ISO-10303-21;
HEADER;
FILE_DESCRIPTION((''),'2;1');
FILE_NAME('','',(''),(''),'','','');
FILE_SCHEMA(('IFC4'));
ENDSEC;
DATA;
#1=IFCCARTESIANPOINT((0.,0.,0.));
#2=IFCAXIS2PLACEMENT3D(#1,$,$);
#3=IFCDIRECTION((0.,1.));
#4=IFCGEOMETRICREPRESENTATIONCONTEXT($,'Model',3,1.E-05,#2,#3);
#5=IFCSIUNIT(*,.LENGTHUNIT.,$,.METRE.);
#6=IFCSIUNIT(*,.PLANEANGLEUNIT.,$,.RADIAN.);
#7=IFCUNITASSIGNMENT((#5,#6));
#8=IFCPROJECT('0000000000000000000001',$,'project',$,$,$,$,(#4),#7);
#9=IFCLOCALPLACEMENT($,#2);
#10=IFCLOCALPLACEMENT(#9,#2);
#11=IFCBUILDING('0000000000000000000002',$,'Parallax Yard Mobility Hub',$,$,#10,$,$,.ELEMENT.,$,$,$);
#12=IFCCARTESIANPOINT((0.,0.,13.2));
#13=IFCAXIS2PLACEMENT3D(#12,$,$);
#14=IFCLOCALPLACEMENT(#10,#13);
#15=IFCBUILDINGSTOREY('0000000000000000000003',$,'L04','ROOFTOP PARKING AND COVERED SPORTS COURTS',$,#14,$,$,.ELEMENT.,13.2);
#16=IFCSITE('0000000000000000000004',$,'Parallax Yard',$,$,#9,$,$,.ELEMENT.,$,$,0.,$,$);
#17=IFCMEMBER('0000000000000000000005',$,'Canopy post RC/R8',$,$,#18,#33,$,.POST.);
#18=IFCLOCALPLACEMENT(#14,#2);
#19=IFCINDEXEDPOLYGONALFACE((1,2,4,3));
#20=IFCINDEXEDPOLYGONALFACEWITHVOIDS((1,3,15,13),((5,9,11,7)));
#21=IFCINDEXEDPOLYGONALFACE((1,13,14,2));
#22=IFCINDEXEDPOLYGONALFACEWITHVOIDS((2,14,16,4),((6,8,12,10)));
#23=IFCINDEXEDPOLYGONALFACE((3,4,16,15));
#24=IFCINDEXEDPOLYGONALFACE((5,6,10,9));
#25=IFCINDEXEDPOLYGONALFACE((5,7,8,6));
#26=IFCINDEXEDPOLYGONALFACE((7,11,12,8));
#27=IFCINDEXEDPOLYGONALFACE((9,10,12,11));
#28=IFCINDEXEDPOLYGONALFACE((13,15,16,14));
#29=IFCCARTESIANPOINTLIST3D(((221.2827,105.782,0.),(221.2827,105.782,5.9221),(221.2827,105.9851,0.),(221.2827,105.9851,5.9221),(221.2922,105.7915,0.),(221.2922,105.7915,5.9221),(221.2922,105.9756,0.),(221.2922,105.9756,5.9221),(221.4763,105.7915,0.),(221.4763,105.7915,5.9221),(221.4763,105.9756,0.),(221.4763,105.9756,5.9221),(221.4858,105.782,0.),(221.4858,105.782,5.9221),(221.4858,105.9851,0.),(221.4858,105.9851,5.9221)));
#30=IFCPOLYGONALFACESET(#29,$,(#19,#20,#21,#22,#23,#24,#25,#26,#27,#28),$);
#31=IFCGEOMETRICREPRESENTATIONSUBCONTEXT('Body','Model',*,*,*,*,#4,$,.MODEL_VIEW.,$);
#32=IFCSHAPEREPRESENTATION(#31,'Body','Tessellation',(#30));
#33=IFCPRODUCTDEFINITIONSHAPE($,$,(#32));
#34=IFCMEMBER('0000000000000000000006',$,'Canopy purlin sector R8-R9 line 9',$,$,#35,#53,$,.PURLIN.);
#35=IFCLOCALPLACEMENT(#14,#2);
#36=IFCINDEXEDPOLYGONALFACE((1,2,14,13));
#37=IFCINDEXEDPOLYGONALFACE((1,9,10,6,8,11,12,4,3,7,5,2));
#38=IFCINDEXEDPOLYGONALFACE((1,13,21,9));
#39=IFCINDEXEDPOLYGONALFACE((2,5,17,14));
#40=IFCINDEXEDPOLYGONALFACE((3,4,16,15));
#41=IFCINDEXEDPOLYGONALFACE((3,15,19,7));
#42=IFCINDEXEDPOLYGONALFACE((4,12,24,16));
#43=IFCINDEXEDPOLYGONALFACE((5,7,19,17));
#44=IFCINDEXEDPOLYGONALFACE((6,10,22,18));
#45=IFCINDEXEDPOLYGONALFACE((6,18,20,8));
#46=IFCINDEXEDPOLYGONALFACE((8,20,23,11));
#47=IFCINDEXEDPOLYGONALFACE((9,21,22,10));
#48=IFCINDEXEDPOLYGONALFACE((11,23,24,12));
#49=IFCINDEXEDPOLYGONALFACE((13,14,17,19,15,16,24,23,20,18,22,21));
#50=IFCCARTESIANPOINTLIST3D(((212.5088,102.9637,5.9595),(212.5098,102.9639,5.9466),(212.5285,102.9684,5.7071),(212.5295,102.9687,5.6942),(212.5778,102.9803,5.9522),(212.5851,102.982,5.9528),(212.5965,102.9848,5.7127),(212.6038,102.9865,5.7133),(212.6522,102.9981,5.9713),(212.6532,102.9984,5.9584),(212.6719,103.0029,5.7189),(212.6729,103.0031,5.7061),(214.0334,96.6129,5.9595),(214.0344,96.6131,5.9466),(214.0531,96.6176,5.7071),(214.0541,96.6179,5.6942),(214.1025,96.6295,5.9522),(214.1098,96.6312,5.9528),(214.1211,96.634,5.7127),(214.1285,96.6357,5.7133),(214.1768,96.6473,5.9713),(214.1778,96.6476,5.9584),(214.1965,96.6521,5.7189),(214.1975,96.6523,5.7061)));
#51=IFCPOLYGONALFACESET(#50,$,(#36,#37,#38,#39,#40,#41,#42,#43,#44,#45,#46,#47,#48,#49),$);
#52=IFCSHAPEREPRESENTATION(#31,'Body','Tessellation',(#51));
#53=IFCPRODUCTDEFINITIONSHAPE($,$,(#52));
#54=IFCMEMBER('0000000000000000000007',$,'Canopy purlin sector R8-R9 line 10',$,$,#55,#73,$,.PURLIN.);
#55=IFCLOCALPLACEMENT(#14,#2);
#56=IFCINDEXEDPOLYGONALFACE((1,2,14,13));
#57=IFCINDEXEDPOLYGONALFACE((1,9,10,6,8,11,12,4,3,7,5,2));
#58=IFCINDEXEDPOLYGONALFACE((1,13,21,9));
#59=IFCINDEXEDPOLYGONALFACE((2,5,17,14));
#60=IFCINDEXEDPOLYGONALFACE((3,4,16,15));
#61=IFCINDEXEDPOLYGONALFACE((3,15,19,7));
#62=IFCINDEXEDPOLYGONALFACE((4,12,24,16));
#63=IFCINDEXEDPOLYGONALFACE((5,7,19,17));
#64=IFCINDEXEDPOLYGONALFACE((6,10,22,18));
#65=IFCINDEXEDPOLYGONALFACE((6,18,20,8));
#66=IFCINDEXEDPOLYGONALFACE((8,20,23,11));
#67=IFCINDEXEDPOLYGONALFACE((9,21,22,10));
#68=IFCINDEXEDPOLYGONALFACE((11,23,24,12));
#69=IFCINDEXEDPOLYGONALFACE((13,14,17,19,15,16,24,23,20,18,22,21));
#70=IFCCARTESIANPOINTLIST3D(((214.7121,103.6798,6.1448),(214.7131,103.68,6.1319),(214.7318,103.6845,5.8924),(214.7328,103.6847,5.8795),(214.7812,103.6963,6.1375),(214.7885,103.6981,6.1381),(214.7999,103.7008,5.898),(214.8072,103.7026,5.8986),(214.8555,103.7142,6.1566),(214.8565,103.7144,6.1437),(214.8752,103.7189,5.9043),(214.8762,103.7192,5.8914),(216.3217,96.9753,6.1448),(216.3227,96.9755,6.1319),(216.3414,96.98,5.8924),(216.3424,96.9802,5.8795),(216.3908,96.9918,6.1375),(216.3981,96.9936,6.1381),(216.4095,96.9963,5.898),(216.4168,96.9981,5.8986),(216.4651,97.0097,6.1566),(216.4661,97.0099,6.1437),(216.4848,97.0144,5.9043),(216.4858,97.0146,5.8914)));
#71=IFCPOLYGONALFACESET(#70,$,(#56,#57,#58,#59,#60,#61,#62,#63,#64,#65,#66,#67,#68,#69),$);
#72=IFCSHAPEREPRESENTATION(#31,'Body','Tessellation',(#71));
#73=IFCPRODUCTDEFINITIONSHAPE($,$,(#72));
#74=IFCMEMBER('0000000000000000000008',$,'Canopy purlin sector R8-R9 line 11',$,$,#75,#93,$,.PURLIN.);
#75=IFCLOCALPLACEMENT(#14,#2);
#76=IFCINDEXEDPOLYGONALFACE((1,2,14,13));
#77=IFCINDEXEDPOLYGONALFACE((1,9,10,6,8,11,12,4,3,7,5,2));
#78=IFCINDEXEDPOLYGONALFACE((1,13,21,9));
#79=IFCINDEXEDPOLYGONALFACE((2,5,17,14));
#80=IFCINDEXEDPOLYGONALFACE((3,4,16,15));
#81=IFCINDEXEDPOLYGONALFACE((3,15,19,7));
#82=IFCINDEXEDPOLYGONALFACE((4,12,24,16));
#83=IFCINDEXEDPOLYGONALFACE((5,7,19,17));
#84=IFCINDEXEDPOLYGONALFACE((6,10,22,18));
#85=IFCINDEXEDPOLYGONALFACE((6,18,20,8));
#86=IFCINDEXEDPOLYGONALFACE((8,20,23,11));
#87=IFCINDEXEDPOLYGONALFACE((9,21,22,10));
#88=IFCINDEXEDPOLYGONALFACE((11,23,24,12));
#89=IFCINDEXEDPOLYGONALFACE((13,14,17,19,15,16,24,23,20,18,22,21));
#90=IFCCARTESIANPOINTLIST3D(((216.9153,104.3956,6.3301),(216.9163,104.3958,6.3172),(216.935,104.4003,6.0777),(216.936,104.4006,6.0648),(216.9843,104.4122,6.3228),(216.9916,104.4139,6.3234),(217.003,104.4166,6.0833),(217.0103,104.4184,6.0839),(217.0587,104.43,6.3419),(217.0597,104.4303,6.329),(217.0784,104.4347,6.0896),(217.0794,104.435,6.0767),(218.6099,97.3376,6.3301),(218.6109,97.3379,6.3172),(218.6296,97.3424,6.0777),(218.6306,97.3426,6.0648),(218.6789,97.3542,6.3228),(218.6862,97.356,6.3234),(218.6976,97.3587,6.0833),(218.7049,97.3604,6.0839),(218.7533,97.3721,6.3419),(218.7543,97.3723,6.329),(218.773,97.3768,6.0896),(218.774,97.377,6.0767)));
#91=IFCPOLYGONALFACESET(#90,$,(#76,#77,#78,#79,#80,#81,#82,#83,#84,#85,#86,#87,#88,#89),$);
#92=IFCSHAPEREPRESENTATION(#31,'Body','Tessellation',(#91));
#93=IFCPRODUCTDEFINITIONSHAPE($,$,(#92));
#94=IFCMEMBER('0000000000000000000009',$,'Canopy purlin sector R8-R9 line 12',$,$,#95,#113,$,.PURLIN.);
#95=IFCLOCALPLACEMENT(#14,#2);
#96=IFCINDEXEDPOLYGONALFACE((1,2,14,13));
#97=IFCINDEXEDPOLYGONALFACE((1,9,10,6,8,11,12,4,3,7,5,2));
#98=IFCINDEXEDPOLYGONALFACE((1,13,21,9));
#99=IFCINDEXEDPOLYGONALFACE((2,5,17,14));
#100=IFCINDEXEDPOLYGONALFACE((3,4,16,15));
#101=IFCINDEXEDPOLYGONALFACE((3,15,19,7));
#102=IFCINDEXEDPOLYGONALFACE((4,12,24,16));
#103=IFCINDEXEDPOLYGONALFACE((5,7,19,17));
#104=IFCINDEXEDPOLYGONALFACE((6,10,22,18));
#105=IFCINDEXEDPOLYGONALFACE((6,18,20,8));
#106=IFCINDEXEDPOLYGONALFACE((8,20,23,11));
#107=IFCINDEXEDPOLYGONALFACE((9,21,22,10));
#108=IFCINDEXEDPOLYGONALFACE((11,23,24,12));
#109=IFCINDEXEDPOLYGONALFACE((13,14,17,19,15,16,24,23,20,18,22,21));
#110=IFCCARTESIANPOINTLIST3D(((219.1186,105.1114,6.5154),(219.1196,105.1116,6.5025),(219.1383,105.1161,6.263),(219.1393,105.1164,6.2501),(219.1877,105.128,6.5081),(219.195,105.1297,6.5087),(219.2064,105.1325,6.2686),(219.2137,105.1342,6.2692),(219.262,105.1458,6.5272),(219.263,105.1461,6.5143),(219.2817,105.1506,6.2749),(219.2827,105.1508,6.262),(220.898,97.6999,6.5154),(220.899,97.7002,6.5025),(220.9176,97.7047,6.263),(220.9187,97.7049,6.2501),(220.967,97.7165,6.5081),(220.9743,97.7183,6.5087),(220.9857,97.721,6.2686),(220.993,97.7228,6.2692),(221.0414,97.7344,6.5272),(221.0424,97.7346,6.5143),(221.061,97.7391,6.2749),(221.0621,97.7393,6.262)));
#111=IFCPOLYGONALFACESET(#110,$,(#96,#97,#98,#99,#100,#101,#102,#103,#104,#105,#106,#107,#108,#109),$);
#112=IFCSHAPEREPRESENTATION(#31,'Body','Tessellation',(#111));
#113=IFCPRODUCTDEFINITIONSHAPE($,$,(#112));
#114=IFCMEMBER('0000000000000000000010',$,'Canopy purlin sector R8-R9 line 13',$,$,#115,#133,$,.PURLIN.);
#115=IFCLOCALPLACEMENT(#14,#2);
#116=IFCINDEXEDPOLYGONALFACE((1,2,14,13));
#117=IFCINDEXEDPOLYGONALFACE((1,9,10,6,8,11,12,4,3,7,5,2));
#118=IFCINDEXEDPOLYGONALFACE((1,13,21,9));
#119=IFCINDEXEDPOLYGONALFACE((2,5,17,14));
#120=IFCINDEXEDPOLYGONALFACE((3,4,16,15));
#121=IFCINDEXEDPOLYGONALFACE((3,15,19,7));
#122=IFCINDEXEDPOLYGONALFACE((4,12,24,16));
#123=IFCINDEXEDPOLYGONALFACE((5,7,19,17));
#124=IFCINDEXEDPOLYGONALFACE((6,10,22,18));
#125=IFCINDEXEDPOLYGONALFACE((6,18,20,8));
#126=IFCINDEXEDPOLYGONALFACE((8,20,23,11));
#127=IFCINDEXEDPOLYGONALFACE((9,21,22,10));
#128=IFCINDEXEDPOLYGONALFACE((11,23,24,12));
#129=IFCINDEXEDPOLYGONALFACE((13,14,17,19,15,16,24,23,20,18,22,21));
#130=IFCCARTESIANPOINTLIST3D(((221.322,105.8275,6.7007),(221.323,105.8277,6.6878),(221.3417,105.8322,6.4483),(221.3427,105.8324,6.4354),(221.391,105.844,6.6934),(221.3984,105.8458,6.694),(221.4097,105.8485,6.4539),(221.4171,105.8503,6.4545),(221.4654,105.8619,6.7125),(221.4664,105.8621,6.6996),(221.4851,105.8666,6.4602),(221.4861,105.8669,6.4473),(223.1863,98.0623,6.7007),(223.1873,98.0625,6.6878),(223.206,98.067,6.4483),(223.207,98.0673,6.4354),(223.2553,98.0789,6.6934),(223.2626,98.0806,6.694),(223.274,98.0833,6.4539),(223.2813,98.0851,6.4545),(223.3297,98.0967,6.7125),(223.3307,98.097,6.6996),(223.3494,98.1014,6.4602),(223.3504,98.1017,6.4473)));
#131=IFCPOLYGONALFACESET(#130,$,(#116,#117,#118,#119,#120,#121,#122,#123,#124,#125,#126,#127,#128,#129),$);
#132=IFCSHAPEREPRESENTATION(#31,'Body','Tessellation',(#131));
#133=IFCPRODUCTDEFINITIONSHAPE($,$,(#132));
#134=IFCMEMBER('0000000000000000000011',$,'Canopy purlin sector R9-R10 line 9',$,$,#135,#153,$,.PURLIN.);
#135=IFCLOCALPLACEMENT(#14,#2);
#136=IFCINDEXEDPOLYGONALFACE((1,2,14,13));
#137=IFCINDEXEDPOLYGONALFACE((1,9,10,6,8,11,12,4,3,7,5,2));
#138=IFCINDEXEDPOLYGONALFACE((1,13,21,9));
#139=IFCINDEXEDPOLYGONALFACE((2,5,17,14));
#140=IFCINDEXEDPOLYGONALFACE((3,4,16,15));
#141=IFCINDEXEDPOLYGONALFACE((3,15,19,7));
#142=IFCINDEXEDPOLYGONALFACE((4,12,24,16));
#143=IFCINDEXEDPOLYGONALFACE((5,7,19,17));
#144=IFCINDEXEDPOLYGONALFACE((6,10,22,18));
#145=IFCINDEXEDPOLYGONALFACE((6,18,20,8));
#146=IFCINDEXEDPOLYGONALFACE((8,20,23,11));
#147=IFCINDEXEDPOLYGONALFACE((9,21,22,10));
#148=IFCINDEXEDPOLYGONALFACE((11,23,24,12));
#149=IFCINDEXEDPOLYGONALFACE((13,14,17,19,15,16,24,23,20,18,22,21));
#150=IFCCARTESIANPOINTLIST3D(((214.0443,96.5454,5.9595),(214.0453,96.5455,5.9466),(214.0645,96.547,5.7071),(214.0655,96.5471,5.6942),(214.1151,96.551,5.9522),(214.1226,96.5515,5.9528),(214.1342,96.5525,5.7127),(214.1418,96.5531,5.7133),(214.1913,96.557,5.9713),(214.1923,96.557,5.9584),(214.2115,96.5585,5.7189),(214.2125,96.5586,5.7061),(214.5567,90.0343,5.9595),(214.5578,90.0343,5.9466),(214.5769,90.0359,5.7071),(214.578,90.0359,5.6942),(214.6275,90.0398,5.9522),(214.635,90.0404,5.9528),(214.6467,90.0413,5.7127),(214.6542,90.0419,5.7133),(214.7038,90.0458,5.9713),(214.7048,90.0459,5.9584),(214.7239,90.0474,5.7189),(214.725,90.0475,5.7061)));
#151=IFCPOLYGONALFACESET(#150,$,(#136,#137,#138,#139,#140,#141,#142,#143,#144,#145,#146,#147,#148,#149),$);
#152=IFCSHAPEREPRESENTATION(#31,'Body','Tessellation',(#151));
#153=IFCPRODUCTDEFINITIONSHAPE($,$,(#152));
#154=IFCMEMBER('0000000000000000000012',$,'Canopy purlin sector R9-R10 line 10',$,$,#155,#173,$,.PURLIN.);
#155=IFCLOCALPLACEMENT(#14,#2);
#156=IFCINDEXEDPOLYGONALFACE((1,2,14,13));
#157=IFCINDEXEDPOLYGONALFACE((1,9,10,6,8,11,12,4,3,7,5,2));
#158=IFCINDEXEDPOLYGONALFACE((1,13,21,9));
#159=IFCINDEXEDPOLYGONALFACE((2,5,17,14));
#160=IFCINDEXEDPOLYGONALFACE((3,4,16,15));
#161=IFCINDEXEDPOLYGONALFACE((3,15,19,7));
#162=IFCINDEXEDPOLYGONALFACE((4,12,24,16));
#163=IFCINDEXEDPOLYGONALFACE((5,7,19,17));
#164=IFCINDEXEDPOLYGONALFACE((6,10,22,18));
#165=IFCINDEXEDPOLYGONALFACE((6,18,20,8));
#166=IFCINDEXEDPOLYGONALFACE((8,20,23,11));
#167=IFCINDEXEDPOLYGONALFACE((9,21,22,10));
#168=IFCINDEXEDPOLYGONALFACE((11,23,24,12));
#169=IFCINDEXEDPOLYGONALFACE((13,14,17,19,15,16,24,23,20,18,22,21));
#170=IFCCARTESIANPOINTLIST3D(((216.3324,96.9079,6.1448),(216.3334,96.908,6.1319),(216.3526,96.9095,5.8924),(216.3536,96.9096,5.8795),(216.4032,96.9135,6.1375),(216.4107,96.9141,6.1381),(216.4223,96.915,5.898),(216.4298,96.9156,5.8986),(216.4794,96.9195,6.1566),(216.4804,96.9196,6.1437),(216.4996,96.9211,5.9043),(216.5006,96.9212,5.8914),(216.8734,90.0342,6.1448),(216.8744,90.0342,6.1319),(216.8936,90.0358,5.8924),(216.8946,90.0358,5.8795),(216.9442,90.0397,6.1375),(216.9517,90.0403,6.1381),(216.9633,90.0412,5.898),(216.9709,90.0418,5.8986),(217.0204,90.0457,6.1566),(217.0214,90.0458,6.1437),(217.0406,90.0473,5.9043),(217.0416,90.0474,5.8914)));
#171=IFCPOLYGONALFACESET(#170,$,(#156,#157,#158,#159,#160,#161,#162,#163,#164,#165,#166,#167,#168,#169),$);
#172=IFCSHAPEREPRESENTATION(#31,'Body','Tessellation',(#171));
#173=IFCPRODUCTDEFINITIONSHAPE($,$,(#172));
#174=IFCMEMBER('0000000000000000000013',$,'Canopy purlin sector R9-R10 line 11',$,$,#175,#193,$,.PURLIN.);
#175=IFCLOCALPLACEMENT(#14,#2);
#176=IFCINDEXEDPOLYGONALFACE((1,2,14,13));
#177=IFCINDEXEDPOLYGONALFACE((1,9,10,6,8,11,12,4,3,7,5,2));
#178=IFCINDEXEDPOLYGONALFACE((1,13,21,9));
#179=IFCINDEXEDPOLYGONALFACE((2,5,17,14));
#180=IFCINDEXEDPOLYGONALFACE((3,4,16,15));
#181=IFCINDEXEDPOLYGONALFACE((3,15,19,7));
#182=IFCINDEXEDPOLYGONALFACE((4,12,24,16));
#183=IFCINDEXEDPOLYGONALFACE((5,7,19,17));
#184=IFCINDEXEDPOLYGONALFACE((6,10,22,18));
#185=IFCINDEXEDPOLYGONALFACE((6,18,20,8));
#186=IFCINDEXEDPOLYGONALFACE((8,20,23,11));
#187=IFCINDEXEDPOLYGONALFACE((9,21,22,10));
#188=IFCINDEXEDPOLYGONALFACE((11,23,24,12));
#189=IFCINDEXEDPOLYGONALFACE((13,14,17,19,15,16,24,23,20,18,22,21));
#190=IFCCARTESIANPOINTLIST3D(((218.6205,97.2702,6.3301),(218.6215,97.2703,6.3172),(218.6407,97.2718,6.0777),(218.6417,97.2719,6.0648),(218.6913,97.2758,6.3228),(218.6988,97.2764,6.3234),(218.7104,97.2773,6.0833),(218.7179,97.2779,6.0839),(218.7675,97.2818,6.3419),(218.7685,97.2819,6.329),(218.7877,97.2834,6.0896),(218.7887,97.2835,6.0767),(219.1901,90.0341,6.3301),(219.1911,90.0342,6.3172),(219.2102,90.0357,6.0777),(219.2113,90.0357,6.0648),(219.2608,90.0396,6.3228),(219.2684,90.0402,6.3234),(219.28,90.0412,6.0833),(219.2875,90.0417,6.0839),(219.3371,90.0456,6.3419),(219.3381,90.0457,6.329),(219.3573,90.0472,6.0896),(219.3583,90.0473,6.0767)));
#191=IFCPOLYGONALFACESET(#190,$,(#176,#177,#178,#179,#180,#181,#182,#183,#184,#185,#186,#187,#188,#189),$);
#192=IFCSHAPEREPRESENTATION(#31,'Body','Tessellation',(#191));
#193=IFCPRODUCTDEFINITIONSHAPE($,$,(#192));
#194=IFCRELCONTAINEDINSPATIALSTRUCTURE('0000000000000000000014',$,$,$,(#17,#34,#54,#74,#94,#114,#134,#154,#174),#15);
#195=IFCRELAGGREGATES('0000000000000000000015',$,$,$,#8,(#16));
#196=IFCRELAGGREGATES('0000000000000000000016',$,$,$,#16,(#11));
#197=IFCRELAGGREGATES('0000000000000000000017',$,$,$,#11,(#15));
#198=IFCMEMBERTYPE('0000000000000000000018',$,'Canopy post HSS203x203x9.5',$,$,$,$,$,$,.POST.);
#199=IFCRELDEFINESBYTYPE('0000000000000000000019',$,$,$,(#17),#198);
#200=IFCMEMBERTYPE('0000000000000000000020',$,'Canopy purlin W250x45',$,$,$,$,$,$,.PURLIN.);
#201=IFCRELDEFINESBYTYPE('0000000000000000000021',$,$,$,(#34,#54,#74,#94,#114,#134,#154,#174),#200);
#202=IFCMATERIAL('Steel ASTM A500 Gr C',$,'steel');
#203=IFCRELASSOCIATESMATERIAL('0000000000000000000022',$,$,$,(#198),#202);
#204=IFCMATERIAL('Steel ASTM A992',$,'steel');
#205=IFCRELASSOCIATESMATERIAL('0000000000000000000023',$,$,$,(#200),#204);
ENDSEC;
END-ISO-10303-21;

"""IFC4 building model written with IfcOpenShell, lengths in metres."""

from ifc_helpers import new_model, si_unit, direction, frame, origin, origin_2d, place, context, subcontext, project, spatial, hollow_rectangle, i_section, extrude, material, material_profile, profile_set, type_object, element, save


model = new_model("IFC4")

# Units and contexts
model_context = context("Model", 3, precision=1e-05, world=origin(), true_north=direction((0.0, 1.0)))
body_context = subcontext(model_context, "Body", "Model", "MODEL_VIEW")
ifc_project = project(units=[si_unit("LENGTHUNIT", "METRE"), si_unit("PLANEANGLEUNIT", "RADIAN")], contexts=[model_context])

# Site, building, storey
site_placement = place(None, origin())
site = spatial("IfcSite", under=ifc_project, at=site_placement, Name="Parallax Yard", CompositionType="ELEMENT", RefElevation=0.0)
building_placement = place(site_placement, origin())
building = spatial("IfcBuilding", under=site, at=building_placement, Name="Parallax Yard Mobility Hub", CompositionType="ELEMENT")
storey_placement = place(building_placement, frame((0.0, 0.0, 13.2)))
storey = spatial("IfcBuildingStorey", under=building, at=storey_placement, Name="L04", Description="ROOFTOP PARKING AND COVERED SPORTS COURTS", CompositionType="ELEMENT", Elevation=13.2)

# Members
ifc_material_1 = material(Name="Steel ASTM A500 Gr C", Category="steel")
ifc_material_profile_1 = material_profile(ifc_material_1, hollow_rectangle(XDim=0.2031, YDim=0.2031, WallThickness=0.0095, at=origin_2d()), Name="HSS203x203x9.5")
ifc_profile_set_1 = profile_set([ifc_material_profile_1], Name="Steel ASTM A500 Gr C")
member_type_1 = type_object("IfcMemberType", Name="Canopy post HSS203x203x9.5", PredefinedType="POST", material=ifc_profile_set_1)
member_1_placement = place(storey_placement, frame((221.3843, 105.8835, 0.0), z_axis=(0.0, 0.0, 1.0), x_axis=(1.0, 0.0, 0.0)))
element("IfcMember", 1, at=member_1_placement, inside=storey, type_object=member_type_1, Name="Canopy post RC/R8", PredefinedType="POST", context=body_context, shape_type="SweptSolid", body=[
    extrude(hollow_rectangle(XDim=0.2031, YDim=0.2031, WallThickness=0.0095, at=origin_2d()), origin(), (0.0, 0.0, 1.0), 5.9221),
])
ifc_material_2 = material(Name="Steel ASTM A992", Category="steel")
ifc_material_profile_2 = material_profile(ifc_material_2, i_section(OverallWidth=0.1479, OverallDepth=0.2661, WebThickness=0.0076, FlangeThickness=0.0129, at=origin_2d()), Name="W250x45")
ifc_profile_set_2 = profile_set([ifc_material_profile_2], Name="Steel ASTM A992")
member_type_2 = type_object("IfcMemberType", Name="Canopy purlin W250x45", PredefinedType="PURLIN", material=ifc_profile_set_2)
member_2_placement = place(storey_placement, frame((212.5908, 102.9834, 5.8328), z_axis=(0.233439, -0.972371, 0.0), x_axis=(0.969256, 0.232691, 0.07999)))
element("IfcMember", 2, at=member_2_placement, inside=storey, type_object=member_type_2, Name="Canopy purlin sector R8-R9 line 9", PredefinedType="PURLIN", context=body_context, shape_type="SweptSolid", body=[
    extrude(i_section(OverallWidth=0.1479, OverallDepth=0.2661, WebThickness=0.0076, FlangeThickness=0.0129, at=origin_2d()), origin(), (0.0, 0.0, 1.0), 6.5312),
])
member_3_placement = place(storey_placement, frame((214.7942, 103.6995, 6.0181), z_axis=(0.233444, -0.97237, 0.0), x_axis=(0.969254, 0.232696, 0.07999)))
element("IfcMember", 3, at=member_3_placement, inside=storey, type_object=member_type_2, Name="Canopy purlin sector R8-R9 line 10", PredefinedType="PURLIN", context=body_context, shape_type="SweptSolid", body=[
    extrude(i_section(OverallWidth=0.1479, OverallDepth=0.2661, WebThickness=0.0076, FlangeThickness=0.0129, at=origin_2d()), origin(), (0.0, 0.0, 1.0), 6.895),
])
member_4_placement = place(storey_placement, frame((216.9973, 104.4153, 6.2034), z_axis=(0.233463, -0.972366, 0.0), x_axis=(0.96925, 0.232715, 0.07999)))
element("IfcMember", 4, at=member_4_placement, inside=storey, type_object=member_type_2, Name="Canopy purlin sector R8-R9 line 11", PredefinedType="PURLIN", context=body_context, shape_type="SweptSolid", body=[
    extrude(i_section(OverallWidth=0.1479, OverallDepth=0.2661, WebThickness=0.0076, FlangeThickness=0.0129, at=origin_2d()), origin(), (0.0, 0.0, 1.0), 7.2585),
])
member_5_placement = place(storey_placement, frame((219.2007, 105.1311, 6.3887), z_axis=(0.233443, -0.97237, 0.0), x_axis=(0.969255, 0.232695, 0.07999)))
element("IfcMember", 5, at=member_5_placement, inside=storey, type_object=member_type_2, Name="Canopy purlin sector R8-R9 line 12", PredefinedType="PURLIN", context=body_context, shape_type="SweptSolid", body=[
    extrude(i_section(OverallWidth=0.1479, OverallDepth=0.2661, WebThickness=0.0076, FlangeThickness=0.0129, at=origin_2d()), origin(), (0.0, 0.0, 1.0), 7.6221),
])
member_6_placement = place(storey_placement, frame((221.4041, 105.8472, 6.574), z_axis=(0.233447, -0.97237, 0.0), x_axis=(0.969254, 0.232699, 0.07999)))
element("IfcMember", 6, at=member_6_placement, inside=storey, type_object=member_type_2, Name="Canopy purlin sector R8-R9 line 13", PredefinedType="PURLIN", context=body_context, shape_type="SweptSolid", body=[
    extrude(i_section(OverallWidth=0.1479, OverallDepth=0.2661, WebThickness=0.0076, FlangeThickness=0.0129, at=origin_2d()), origin(), (0.0, 0.0, 1.0), 7.9858),
])
member_7_placement = place(storey_placement, frame((214.1284, 96.552, 5.8328), z_axis=(0.07846, -0.996917, 0.0), x_axis=(0.993723, 0.078209, 0.07999)))
element("IfcMember", 7, at=member_7_placement, inside=storey, type_object=member_type_2, Name="Canopy purlin sector R9-R10 line 9", PredefinedType="PURLIN", context=body_context, shape_type="SweptSolid", body=[
    extrude(i_section(OverallWidth=0.1479, OverallDepth=0.2661, WebThickness=0.0076, FlangeThickness=0.0129, at=origin_2d()), origin(), (0.0, 0.0, 1.0), 6.5312),
])
member_8_placement = place(storey_placement, frame((216.4165, 96.9146, 6.0181), z_axis=(0.078464, -0.996917, 0.0), x_axis=(0.993722, 0.078213, 0.07999)))
element("IfcMember", 8, at=member_8_placement, inside=storey, type_object=member_type_2, Name="Canopy purlin sector R9-R10 line 10", PredefinedType="PURLIN", context=body_context, shape_type="SweptSolid", body=[
    extrude(i_section(OverallWidth=0.1479, OverallDepth=0.2661, WebThickness=0.0076, FlangeThickness=0.0129, at=origin_2d()), origin(), (0.0, 0.0, 1.0), 6.895),
])
member_9_placement = place(storey_placement, frame((218.7046, 97.2769, 6.2034), z_axis=(0.078471, -0.996916, 0.0), x_axis=(0.993722, 0.07822, 0.07999)))
element("IfcMember", 9, at=member_9_placement, inside=storey, type_object=member_type_2, Name="Canopy purlin sector R9-R10 line 11", PredefinedType="PURLIN", context=body_context, shape_type="SweptSolid", body=[
    extrude(i_section(OverallWidth=0.1479, OverallDepth=0.2661, WebThickness=0.0076, FlangeThickness=0.0129, at=origin_2d()), origin(), (0.0, 0.0, 1.0), 7.2585),
])

save(model, "model.ifc")
